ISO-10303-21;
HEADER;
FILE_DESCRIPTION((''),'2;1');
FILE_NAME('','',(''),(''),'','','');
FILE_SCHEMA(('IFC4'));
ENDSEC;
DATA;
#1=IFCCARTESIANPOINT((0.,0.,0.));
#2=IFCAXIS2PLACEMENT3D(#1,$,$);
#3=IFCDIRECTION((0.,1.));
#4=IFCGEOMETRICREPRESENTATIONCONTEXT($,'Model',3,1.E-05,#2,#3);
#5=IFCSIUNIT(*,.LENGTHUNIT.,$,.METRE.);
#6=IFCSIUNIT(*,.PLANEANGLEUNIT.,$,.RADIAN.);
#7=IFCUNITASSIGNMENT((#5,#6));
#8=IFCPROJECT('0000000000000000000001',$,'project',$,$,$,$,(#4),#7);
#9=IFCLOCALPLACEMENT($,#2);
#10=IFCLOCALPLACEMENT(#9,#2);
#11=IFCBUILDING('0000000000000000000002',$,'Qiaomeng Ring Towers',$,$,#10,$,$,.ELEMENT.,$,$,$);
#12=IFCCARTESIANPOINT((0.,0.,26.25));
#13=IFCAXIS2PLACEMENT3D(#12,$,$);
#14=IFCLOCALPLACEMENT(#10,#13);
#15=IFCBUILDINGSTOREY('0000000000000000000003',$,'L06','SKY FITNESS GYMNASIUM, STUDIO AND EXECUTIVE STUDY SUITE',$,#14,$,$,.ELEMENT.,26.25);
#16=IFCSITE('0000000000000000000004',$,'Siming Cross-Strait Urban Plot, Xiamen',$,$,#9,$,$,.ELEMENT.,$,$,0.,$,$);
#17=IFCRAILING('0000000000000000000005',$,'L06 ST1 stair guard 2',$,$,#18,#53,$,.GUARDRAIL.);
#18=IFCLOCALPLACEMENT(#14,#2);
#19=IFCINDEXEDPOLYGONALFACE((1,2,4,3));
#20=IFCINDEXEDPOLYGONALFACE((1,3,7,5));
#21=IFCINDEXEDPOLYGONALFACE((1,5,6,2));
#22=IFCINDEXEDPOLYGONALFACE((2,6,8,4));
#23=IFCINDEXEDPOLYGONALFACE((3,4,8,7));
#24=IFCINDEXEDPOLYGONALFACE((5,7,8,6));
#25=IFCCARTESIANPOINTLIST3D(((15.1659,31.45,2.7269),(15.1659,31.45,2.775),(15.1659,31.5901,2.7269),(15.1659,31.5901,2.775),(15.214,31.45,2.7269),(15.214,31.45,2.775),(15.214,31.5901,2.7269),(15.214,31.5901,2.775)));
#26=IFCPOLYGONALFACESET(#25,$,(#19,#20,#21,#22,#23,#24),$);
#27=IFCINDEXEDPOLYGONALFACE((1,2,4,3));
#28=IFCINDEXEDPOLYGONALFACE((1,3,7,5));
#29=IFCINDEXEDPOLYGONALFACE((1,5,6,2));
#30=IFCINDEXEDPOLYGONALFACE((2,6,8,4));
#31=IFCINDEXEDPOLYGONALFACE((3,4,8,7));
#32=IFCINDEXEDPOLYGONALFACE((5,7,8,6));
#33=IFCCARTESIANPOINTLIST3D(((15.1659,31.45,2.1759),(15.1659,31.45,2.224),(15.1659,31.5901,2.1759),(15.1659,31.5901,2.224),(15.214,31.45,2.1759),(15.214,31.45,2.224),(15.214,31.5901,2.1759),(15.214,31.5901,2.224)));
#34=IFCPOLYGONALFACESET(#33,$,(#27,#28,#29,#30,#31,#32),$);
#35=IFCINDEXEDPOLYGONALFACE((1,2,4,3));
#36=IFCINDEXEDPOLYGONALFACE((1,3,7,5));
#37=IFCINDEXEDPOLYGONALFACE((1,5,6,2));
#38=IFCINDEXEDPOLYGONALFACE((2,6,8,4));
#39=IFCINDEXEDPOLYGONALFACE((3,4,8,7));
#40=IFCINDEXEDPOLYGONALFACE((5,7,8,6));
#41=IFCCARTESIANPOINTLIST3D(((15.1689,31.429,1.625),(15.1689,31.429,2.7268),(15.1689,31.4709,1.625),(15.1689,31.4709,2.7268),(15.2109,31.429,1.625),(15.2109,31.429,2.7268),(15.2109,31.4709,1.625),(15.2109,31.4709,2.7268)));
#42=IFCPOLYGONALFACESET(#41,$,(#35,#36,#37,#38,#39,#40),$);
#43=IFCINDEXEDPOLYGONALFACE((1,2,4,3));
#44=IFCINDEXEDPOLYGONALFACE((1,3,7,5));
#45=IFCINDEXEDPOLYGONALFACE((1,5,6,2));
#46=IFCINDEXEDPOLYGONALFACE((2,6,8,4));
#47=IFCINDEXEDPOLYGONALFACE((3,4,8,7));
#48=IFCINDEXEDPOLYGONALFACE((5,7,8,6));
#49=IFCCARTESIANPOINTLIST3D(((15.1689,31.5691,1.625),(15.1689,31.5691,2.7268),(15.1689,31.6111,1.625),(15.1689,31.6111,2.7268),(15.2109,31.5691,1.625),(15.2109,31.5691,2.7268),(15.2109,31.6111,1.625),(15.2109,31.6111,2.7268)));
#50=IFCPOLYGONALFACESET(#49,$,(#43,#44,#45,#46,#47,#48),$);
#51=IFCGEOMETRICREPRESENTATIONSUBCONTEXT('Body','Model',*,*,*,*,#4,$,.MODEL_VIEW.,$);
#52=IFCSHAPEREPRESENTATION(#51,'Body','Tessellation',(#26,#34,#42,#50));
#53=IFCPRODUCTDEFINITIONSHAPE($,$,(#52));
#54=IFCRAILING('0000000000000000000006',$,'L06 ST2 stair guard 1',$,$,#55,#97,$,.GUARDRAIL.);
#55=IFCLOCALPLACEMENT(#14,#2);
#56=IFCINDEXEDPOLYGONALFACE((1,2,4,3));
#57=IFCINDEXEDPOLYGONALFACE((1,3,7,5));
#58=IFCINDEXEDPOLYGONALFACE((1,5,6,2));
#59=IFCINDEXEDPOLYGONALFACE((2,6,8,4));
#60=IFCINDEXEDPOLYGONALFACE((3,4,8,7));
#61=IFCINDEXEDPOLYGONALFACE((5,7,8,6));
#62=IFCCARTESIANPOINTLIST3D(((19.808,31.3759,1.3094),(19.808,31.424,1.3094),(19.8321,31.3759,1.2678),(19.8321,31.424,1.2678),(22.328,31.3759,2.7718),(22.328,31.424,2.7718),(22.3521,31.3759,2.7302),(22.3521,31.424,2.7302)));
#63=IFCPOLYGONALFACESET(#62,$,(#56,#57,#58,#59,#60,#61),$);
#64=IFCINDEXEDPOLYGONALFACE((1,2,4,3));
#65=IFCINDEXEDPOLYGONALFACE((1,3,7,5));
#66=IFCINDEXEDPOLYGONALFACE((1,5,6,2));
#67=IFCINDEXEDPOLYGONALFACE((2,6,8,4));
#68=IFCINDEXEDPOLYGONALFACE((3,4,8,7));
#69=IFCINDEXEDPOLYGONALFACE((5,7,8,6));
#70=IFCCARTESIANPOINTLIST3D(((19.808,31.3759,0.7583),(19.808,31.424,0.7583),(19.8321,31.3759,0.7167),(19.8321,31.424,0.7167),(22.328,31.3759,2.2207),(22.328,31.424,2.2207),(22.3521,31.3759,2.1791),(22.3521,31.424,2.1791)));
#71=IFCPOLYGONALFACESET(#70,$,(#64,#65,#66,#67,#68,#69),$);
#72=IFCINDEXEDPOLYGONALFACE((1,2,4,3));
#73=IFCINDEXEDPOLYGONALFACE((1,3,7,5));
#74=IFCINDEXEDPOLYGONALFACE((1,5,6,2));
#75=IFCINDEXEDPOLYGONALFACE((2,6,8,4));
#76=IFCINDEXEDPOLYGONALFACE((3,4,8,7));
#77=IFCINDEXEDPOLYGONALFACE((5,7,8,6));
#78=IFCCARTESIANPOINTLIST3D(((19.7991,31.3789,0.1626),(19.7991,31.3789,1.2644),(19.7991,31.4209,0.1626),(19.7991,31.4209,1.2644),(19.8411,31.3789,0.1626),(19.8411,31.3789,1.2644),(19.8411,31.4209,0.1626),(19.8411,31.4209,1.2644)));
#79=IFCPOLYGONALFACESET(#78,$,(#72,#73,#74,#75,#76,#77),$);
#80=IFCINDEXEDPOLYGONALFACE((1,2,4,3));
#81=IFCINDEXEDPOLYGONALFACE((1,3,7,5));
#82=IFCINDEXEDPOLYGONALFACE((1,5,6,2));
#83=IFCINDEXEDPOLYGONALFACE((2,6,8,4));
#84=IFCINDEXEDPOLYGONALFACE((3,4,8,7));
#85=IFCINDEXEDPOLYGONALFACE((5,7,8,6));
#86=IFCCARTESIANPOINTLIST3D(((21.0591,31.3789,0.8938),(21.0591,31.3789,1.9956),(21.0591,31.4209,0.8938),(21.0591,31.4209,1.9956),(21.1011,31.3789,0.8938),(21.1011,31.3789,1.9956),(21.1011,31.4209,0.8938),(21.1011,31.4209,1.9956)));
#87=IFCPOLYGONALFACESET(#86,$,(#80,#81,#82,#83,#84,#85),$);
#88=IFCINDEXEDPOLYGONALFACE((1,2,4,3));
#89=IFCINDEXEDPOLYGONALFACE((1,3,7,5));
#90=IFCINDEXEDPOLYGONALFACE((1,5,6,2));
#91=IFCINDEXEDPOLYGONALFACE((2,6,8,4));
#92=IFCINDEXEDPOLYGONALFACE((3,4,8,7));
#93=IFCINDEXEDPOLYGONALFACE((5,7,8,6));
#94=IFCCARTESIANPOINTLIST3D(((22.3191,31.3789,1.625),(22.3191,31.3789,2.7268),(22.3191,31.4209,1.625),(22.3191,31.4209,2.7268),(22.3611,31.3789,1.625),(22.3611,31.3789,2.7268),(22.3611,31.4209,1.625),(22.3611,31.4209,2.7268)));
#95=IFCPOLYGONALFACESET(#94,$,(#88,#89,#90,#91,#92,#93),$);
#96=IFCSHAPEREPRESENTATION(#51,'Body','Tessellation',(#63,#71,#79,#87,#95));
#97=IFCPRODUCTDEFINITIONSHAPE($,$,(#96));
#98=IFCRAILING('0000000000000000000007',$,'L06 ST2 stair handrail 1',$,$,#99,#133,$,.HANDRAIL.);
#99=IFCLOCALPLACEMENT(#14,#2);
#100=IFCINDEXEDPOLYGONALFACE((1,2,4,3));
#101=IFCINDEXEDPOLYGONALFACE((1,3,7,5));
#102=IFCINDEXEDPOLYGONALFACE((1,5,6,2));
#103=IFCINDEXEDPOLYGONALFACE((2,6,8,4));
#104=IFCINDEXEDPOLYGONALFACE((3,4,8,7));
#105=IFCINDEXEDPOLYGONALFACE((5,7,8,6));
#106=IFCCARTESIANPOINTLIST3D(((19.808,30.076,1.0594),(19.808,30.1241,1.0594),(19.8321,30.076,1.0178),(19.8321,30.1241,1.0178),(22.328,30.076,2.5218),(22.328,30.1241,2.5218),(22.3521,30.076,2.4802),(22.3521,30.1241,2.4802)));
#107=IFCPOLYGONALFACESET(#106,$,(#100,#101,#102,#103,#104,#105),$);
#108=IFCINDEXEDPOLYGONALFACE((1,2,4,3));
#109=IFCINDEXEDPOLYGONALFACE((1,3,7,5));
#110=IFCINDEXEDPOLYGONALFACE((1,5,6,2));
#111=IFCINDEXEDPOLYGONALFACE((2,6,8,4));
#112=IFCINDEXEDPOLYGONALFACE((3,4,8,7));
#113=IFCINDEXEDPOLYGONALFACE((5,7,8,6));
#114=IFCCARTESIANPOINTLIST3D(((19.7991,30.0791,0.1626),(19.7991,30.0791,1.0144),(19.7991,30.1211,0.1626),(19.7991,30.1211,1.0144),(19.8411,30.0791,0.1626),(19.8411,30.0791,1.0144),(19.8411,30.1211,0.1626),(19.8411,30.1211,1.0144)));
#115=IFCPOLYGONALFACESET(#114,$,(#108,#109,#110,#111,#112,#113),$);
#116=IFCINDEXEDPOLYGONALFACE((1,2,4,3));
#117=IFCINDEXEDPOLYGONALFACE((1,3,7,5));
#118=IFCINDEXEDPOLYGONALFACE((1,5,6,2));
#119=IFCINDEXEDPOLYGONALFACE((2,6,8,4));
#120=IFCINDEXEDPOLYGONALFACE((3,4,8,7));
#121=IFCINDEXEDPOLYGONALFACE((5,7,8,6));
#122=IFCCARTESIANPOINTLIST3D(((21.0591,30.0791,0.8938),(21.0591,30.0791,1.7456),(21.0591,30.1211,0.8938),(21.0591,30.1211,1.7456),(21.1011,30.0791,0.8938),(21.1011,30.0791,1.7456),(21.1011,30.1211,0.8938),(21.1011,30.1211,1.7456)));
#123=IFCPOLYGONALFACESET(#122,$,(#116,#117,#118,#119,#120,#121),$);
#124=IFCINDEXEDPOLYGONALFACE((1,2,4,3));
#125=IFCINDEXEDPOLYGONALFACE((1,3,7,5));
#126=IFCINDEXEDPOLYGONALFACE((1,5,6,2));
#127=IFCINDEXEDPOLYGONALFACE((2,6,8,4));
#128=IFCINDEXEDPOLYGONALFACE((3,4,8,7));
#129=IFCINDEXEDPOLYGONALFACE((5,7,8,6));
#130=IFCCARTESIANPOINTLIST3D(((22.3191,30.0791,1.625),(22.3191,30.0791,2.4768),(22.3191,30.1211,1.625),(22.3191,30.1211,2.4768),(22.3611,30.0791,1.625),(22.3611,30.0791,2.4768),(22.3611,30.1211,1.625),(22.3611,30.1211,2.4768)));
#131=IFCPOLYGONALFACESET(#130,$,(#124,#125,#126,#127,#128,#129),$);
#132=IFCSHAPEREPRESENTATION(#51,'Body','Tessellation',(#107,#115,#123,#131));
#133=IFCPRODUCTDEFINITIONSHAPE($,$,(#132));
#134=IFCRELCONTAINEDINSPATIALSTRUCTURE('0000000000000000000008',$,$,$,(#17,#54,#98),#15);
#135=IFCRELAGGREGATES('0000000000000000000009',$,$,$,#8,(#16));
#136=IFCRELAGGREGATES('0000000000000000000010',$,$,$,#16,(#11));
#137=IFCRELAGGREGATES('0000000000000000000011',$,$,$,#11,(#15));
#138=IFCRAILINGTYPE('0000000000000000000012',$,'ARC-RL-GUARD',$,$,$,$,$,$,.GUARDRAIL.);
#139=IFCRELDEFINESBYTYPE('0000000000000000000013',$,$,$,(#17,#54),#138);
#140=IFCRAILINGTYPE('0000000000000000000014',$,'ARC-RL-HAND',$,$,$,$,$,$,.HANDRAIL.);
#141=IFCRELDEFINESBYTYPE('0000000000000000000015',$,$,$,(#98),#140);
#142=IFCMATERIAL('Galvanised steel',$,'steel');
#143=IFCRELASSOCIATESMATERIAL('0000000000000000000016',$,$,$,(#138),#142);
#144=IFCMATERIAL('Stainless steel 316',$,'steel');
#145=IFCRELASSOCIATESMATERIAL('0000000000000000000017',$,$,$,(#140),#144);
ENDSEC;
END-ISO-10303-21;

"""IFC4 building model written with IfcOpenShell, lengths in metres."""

from ifc_helpers import new_model, si_unit, direction, frame, origin, origin_2d, place, context, subcontext, project, spatial, rectangle, extrude, material, type_object, element, save


model = new_model("IFC4")

# Units and contexts
model_context = context("Model", 3, precision=1e-05, world=origin(), true_north=direction((0.0, 1.0)))
body_context = subcontext(model_context, "Body", "Model", "MODEL_VIEW")
ifc_project = project(units=[si_unit("LENGTHUNIT", "METRE"), si_unit("PLANEANGLEUNIT", "RADIAN")], contexts=[model_context])

# Site, building, storey
site_placement = place(None, origin())
site = spatial("IfcSite", under=ifc_project, at=site_placement, Name="Siming Cross-Strait Urban Plot, Xiamen", CompositionType="ELEMENT", RefElevation=0.0)
building_placement = place(site_placement, origin())
building = spatial("IfcBuilding", under=site, at=building_placement, Name="Qiaomeng Ring Towers", CompositionType="ELEMENT")
storey_placement = place(building_placement, frame((0.0, 0.0, 26.25)))
storey = spatial("IfcBuildingStorey", under=building, at=storey_placement, Name="L06", Description="SKY FITNESS GYMNASIUM, STUDIO AND EXECUTIVE STUDY SUITE", CompositionType="ELEMENT", Elevation=26.25)

# Shared definitions
ifc_material_1 = material(Name="Galvanised steel", Category="steel")

# Shared definitions
ifc_material_2 = material(Name="Stainless steel 316", Category="steel")

# Railings
railing_type_1 = type_object("IfcRailingType", Name="ARC-RL-GUARD", PredefinedType="GUARDRAIL", material=ifc_material_1)
railing_1_placement = place(storey_placement, frame((15.1899, 31.45, 1.625)))
element("IfcRailing", 1, at=railing_1_placement, inside=storey, type_object=railing_type_1, Name="L06 ST1 stair guard 2", PredefinedType="GUARDRAIL", context=body_context, shape_type="SweptSolid", body=[
    extrude(rectangle(XDim=0.0481, YDim=0.0481, at=origin_2d()), frame((0.0, 0.0, 1.126), z_axis=(0.0, 1.0, 0.0), x_axis=(-1.0, 0.0, 0.0)), (0.0, 0.0, 1.0), 0.1401),
    extrude(rectangle(XDim=0.0481, YDim=0.0481, at=origin_2d()), frame((0.0, 0.0, 0.575), z_axis=(0.0, 1.0, 0.0), x_axis=(-1.0, 0.0, 0.0)), (0.0, 0.0, 1.0), 0.1401),
    extrude(rectangle(XDim=0.042, YDim=0.042, at=origin_2d()), origin(), (0.0, 0.0, 1.0), 1.1018),
    extrude(rectangle(XDim=0.042, YDim=0.042, at=origin_2d()), frame((0.0, 0.1401, 0.0)), (0.0, 0.0, 1.0), 1.1018),
])
railing_2_placement = place(storey_placement, frame((19.8201, 31.3999, 0.1626)))
element("IfcRailing", 2, at=railing_2_placement, inside=storey, type_object=railing_type_1, Name="L06 ST2 stair guard 1", PredefinedType="GUARDRAIL", context=body_context, shape_type="SweptSolid", body=[
    extrude(rectangle(XDim=0.0481, YDim=0.0481, at=origin_2d()), frame((0.0, 0.0, 1.126), z_axis=(0.864913, 0.0, 0.501921), x_axis=(0.0, 1.0, 0.0)), (0.0, 0.0, 1.0), 2.9136),
    extrude(rectangle(XDim=0.0481, YDim=0.0481, at=origin_2d()), frame((0.0, 0.0, 0.575), z_axis=(0.864913, 0.0, 0.501921), x_axis=(0.0, 1.0, 0.0)), (0.0, 0.0, 1.0), 2.9136),
    extrude(rectangle(XDim=0.042, YDim=0.042, at=origin_2d()), origin(), (0.0, 0.0, 1.0), 1.1018),
    extrude(rectangle(XDim=0.042, YDim=0.042, at=origin_2d()), frame((1.26, 0.0, 0.7312)), (0.0, 0.0, 1.0), 1.1018),
    extrude(rectangle(XDim=0.042, YDim=0.042, at=origin_2d()), frame((2.52, 0.0, 1.4624)), (0.0, 0.0, 1.0), 1.1018),
])
railing_type_2 = type_object("IfcRailingType", Name="ARC-RL-HAND", PredefinedType="HANDRAIL", material=ifc_material_2)
railing_3_placement = place(storey_placement, frame((19.8201, 30.1001, 0.1626)))
element("IfcRailing", 3, at=railing_3_placement, inside=storey, type_object=railing_type_2, Name="L06 ST2 stair handrail 1", PredefinedType="HANDRAIL", context=body_context, shape_type="SweptSolid", body=[
    extrude(rectangle(XDim=0.0481, YDim=0.0481, at=origin_2d()), frame((0.0, 0.0, 0.876), z_axis=(0.864913, 0.0, 0.501921), x_axis=(0.0, 1.0, 0.0)), (0.0, 0.0, 1.0), 2.9136),
    extrude(rectangle(XDim=0.042, YDim=0.042, at=origin_2d()), origin(), (0.0, 0.0, 1.0), 0.8518),
    extrude(rectangle(XDim=0.042, YDim=0.042, at=origin_2d()), frame((1.26, 0.0, 0.7312)), (0.0, 0.0, 1.0), 0.8518),
    extrude(rectangle(XDim=0.042, YDim=0.042, at=origin_2d()), frame((2.52, 0.0, 1.4624)), (0.0, 0.0, 1.0), 0.8518),
])

save(model, "model.ifc")
